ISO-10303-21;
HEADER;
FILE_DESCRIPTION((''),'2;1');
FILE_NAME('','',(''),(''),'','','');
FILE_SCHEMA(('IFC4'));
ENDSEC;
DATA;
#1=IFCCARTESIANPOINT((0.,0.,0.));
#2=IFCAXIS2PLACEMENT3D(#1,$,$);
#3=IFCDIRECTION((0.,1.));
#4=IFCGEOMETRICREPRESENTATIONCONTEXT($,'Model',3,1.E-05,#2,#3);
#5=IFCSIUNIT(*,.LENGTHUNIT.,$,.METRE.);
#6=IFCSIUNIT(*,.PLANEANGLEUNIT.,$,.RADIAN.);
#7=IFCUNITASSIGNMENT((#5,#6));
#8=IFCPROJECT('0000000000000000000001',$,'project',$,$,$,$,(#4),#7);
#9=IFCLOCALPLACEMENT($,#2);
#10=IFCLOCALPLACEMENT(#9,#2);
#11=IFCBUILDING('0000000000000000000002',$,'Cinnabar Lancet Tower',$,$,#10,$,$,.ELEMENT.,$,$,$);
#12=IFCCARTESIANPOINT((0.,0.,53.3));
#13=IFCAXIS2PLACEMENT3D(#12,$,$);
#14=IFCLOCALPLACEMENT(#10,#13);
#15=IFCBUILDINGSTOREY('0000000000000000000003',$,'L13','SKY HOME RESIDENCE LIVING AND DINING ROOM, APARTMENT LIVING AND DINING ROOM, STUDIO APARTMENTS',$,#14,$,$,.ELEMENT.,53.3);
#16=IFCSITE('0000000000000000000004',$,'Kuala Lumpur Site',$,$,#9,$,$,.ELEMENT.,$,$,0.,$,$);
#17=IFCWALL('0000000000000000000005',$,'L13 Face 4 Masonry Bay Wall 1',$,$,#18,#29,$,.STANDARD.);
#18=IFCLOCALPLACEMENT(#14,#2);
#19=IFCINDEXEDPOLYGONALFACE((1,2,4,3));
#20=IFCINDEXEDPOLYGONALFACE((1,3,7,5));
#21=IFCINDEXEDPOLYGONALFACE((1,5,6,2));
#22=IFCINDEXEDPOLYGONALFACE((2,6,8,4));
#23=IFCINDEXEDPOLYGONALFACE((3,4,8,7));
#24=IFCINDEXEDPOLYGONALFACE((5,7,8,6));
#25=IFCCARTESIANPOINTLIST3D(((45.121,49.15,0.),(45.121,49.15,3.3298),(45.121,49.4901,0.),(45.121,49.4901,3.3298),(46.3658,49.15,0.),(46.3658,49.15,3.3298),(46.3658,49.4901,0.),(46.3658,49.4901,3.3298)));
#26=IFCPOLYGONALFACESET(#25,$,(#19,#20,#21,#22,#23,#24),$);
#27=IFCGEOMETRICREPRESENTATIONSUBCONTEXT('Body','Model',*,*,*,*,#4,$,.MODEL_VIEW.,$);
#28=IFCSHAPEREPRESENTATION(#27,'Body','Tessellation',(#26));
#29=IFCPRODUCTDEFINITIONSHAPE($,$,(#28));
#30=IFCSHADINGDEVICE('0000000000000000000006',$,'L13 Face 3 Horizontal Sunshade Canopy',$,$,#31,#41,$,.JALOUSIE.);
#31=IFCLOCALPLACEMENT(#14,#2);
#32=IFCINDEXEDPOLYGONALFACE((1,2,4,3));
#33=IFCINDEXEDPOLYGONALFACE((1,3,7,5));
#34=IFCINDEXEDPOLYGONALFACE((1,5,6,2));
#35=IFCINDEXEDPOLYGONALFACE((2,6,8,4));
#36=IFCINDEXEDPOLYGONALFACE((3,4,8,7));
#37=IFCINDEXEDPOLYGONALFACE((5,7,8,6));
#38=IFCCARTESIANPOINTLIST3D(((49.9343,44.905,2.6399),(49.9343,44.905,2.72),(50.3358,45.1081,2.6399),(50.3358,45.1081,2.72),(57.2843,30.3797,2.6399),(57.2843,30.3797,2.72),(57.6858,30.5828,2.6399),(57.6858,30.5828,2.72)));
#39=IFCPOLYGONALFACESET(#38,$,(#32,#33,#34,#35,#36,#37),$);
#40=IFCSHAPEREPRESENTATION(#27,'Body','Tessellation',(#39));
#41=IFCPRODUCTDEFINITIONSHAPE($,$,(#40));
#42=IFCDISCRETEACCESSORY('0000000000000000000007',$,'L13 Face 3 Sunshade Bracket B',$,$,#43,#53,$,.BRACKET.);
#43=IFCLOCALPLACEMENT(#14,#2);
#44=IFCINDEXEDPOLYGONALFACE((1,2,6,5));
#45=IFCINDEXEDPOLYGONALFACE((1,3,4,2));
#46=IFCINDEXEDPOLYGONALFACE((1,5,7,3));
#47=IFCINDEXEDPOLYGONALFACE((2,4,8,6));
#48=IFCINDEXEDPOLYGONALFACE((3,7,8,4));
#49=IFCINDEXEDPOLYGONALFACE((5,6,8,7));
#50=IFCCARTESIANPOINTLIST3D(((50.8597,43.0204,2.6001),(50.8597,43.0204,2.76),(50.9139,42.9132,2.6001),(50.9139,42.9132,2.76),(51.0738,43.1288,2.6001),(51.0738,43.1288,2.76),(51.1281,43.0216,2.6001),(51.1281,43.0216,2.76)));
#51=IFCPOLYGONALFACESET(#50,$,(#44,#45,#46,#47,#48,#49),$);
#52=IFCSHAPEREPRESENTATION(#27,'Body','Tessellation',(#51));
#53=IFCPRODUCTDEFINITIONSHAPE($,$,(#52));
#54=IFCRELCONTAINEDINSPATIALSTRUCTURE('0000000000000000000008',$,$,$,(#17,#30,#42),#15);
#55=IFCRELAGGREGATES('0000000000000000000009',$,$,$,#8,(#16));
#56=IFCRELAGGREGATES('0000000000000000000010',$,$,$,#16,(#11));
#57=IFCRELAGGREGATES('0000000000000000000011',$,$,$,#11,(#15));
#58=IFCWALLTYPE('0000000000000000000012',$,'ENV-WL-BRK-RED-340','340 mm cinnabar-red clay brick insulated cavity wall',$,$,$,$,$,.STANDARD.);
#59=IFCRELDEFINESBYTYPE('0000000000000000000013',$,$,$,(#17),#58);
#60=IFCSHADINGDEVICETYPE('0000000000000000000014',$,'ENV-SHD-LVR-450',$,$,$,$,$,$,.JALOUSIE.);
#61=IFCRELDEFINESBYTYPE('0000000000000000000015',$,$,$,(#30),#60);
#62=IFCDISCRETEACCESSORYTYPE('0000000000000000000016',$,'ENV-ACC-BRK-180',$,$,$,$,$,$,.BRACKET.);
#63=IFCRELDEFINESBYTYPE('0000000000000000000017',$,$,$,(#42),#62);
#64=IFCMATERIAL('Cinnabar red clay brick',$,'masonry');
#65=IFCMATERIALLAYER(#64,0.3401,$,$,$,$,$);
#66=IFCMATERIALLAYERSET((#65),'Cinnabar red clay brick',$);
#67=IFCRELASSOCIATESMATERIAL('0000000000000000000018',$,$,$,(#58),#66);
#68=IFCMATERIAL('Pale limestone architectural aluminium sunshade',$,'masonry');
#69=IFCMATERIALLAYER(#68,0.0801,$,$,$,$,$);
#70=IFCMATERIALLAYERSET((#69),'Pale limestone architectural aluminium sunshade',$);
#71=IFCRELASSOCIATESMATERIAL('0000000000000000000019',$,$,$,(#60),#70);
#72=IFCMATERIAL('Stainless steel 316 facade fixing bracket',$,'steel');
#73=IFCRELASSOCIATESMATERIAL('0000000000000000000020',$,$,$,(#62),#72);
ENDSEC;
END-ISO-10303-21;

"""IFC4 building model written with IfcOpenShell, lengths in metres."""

from ifc_helpers import new_model, si_unit, direction, frame, frame_2d, origin, origin_2d, place, context, subcontext, project, spatial, rectangle, extrude, material, layer, layer_set, type_object, element, save


model = new_model("IFC4")

# Units and contexts
model_context = context("Model", 3, precision=1e-05, world=origin(), true_north=direction((0.0, 1.0)))
body_context = subcontext(model_context, "Body", "Model", "MODEL_VIEW")
ifc_project = project(units=[si_unit("LENGTHUNIT", "METRE"), si_unit("PLANEANGLEUNIT", "RADIAN")], contexts=[model_context])

# Site, building, storey
site_placement = place(None, origin())
site = spatial("IfcSite", under=ifc_project, at=site_placement, Name="Kuala Lumpur Site", CompositionType="ELEMENT", RefElevation=0.0)
building_placement = place(site_placement, origin())
building = spatial("IfcBuilding", under=site, at=building_placement, Name="Cinnabar Lancet Tower", CompositionType="ELEMENT")
storey_placement = place(building_placement, frame((0.0, 0.0, 53.3)))
storey = spatial("IfcBuildingStorey", under=building, at=storey_placement, Name="L13", Description="SKY HOME RESIDENCE LIVING AND DINING ROOM, APARTMENT LIVING AND DINING ROOM, STUDIO APARTMENTS", CompositionType="ELEMENT", Elevation=53.3)

# Shared definitions
ifc_material_1 = material(Name="Cinnabar red clay brick", Category="masonry")
ifc_layer_1 = layer(ifc_material_1, 0.3401)
ifc_layer_set_1 = layer_set([ifc_layer_1], Name="Cinnabar red clay brick")
wall_type_1 = type_object("IfcWallType", Name="ENV-WL-BRK-RED-340", Description="340 mm cinnabar-red clay brick insulated cavity wall", PredefinedType="STANDARD", material=ifc_layer_set_1)

# Wall
wall_1_placement = place(storey_placement, frame((46.366, 49.3201, 0.0), z_axis=(0.0, 0.0, 1.0), x_axis=(-1.0, 0.0, 0.0)))
element("IfcWall", 1, at=wall_1_placement, inside=storey, type_object=wall_type_1, Name="L13 Face 4 Masonry Bay Wall 1", PredefinedType="STANDARD", context=body_context, shape_type="SweptSolid", body=[
    extrude(rectangle(XDim=1.2449, YDim=0.3401, at=frame_2d((0.6226, 0.0))), origin(), (0.0, 0.0, 1.0), 3.3298),
])

# Shading device
ifc_material_2 = material(Name="Pale limestone architectural aluminium sunshade", Category="masonry")
ifc_layer_2 = layer(ifc_material_2, 0.0801)
ifc_layer_set_2 = layer_set([ifc_layer_2], Name="Pale limestone architectural aluminium sunshade")
shading_device_type = type_object("IfcShadingDeviceType", Name="ENV-SHD-LVR-450", PredefinedType="JALOUSIE", material=ifc_layer_set_2)
shading_device_placement = place(storey_placement, frame((53.8101, 37.7439, 2.6399), z_axis=(0.0, 0.0, 1.0), x_axis=(-0.451501, 0.892271, 0.0)))
element("IfcShadingDevice", 2, at=shading_device_placement, inside=storey, type_object=shading_device_type, Name="L13 Face 3 Horizontal Sunshade Canopy", PredefinedType="JALOUSIE", context=body_context, shape_type="SweptSolid", body=[
    extrude(rectangle(XDim=16.2791, YDim=0.45, at=origin_2d()), origin(), (0.0, 0.0, 1.0), 0.0801),
])

# Discrete accessory
ifc_material_3 = material(Name="Stainless steel 316 facade fixing bracket", Category="steel")
discrete_accessory_type = type_object("IfcDiscreteAccessoryType", Name="ENV-ACC-BRK-180", PredefinedType="BRACKET", material=ifc_material_3)
discrete_accessory_placement = place(storey_placement, frame((50.9939, 43.021, 2.6001), z_axis=(0.0, 0.0, 1.0), x_axis=(-0.451501, 0.892271, 0.0)))
element("IfcDiscreteAccessory", 3, at=discrete_accessory_placement, inside=storey, type_object=discrete_accessory_type, Name="L13 Face 3 Sunshade Bracket B", PredefinedType="BRACKET", context=body_context, shape_type="SweptSolid", body=[
    extrude(rectangle(XDim=0.1201, YDim=0.24, at=origin_2d()), origin(), (0.0, 0.0, 1.0), 0.1599),
])

save(model, "model.ifc")
